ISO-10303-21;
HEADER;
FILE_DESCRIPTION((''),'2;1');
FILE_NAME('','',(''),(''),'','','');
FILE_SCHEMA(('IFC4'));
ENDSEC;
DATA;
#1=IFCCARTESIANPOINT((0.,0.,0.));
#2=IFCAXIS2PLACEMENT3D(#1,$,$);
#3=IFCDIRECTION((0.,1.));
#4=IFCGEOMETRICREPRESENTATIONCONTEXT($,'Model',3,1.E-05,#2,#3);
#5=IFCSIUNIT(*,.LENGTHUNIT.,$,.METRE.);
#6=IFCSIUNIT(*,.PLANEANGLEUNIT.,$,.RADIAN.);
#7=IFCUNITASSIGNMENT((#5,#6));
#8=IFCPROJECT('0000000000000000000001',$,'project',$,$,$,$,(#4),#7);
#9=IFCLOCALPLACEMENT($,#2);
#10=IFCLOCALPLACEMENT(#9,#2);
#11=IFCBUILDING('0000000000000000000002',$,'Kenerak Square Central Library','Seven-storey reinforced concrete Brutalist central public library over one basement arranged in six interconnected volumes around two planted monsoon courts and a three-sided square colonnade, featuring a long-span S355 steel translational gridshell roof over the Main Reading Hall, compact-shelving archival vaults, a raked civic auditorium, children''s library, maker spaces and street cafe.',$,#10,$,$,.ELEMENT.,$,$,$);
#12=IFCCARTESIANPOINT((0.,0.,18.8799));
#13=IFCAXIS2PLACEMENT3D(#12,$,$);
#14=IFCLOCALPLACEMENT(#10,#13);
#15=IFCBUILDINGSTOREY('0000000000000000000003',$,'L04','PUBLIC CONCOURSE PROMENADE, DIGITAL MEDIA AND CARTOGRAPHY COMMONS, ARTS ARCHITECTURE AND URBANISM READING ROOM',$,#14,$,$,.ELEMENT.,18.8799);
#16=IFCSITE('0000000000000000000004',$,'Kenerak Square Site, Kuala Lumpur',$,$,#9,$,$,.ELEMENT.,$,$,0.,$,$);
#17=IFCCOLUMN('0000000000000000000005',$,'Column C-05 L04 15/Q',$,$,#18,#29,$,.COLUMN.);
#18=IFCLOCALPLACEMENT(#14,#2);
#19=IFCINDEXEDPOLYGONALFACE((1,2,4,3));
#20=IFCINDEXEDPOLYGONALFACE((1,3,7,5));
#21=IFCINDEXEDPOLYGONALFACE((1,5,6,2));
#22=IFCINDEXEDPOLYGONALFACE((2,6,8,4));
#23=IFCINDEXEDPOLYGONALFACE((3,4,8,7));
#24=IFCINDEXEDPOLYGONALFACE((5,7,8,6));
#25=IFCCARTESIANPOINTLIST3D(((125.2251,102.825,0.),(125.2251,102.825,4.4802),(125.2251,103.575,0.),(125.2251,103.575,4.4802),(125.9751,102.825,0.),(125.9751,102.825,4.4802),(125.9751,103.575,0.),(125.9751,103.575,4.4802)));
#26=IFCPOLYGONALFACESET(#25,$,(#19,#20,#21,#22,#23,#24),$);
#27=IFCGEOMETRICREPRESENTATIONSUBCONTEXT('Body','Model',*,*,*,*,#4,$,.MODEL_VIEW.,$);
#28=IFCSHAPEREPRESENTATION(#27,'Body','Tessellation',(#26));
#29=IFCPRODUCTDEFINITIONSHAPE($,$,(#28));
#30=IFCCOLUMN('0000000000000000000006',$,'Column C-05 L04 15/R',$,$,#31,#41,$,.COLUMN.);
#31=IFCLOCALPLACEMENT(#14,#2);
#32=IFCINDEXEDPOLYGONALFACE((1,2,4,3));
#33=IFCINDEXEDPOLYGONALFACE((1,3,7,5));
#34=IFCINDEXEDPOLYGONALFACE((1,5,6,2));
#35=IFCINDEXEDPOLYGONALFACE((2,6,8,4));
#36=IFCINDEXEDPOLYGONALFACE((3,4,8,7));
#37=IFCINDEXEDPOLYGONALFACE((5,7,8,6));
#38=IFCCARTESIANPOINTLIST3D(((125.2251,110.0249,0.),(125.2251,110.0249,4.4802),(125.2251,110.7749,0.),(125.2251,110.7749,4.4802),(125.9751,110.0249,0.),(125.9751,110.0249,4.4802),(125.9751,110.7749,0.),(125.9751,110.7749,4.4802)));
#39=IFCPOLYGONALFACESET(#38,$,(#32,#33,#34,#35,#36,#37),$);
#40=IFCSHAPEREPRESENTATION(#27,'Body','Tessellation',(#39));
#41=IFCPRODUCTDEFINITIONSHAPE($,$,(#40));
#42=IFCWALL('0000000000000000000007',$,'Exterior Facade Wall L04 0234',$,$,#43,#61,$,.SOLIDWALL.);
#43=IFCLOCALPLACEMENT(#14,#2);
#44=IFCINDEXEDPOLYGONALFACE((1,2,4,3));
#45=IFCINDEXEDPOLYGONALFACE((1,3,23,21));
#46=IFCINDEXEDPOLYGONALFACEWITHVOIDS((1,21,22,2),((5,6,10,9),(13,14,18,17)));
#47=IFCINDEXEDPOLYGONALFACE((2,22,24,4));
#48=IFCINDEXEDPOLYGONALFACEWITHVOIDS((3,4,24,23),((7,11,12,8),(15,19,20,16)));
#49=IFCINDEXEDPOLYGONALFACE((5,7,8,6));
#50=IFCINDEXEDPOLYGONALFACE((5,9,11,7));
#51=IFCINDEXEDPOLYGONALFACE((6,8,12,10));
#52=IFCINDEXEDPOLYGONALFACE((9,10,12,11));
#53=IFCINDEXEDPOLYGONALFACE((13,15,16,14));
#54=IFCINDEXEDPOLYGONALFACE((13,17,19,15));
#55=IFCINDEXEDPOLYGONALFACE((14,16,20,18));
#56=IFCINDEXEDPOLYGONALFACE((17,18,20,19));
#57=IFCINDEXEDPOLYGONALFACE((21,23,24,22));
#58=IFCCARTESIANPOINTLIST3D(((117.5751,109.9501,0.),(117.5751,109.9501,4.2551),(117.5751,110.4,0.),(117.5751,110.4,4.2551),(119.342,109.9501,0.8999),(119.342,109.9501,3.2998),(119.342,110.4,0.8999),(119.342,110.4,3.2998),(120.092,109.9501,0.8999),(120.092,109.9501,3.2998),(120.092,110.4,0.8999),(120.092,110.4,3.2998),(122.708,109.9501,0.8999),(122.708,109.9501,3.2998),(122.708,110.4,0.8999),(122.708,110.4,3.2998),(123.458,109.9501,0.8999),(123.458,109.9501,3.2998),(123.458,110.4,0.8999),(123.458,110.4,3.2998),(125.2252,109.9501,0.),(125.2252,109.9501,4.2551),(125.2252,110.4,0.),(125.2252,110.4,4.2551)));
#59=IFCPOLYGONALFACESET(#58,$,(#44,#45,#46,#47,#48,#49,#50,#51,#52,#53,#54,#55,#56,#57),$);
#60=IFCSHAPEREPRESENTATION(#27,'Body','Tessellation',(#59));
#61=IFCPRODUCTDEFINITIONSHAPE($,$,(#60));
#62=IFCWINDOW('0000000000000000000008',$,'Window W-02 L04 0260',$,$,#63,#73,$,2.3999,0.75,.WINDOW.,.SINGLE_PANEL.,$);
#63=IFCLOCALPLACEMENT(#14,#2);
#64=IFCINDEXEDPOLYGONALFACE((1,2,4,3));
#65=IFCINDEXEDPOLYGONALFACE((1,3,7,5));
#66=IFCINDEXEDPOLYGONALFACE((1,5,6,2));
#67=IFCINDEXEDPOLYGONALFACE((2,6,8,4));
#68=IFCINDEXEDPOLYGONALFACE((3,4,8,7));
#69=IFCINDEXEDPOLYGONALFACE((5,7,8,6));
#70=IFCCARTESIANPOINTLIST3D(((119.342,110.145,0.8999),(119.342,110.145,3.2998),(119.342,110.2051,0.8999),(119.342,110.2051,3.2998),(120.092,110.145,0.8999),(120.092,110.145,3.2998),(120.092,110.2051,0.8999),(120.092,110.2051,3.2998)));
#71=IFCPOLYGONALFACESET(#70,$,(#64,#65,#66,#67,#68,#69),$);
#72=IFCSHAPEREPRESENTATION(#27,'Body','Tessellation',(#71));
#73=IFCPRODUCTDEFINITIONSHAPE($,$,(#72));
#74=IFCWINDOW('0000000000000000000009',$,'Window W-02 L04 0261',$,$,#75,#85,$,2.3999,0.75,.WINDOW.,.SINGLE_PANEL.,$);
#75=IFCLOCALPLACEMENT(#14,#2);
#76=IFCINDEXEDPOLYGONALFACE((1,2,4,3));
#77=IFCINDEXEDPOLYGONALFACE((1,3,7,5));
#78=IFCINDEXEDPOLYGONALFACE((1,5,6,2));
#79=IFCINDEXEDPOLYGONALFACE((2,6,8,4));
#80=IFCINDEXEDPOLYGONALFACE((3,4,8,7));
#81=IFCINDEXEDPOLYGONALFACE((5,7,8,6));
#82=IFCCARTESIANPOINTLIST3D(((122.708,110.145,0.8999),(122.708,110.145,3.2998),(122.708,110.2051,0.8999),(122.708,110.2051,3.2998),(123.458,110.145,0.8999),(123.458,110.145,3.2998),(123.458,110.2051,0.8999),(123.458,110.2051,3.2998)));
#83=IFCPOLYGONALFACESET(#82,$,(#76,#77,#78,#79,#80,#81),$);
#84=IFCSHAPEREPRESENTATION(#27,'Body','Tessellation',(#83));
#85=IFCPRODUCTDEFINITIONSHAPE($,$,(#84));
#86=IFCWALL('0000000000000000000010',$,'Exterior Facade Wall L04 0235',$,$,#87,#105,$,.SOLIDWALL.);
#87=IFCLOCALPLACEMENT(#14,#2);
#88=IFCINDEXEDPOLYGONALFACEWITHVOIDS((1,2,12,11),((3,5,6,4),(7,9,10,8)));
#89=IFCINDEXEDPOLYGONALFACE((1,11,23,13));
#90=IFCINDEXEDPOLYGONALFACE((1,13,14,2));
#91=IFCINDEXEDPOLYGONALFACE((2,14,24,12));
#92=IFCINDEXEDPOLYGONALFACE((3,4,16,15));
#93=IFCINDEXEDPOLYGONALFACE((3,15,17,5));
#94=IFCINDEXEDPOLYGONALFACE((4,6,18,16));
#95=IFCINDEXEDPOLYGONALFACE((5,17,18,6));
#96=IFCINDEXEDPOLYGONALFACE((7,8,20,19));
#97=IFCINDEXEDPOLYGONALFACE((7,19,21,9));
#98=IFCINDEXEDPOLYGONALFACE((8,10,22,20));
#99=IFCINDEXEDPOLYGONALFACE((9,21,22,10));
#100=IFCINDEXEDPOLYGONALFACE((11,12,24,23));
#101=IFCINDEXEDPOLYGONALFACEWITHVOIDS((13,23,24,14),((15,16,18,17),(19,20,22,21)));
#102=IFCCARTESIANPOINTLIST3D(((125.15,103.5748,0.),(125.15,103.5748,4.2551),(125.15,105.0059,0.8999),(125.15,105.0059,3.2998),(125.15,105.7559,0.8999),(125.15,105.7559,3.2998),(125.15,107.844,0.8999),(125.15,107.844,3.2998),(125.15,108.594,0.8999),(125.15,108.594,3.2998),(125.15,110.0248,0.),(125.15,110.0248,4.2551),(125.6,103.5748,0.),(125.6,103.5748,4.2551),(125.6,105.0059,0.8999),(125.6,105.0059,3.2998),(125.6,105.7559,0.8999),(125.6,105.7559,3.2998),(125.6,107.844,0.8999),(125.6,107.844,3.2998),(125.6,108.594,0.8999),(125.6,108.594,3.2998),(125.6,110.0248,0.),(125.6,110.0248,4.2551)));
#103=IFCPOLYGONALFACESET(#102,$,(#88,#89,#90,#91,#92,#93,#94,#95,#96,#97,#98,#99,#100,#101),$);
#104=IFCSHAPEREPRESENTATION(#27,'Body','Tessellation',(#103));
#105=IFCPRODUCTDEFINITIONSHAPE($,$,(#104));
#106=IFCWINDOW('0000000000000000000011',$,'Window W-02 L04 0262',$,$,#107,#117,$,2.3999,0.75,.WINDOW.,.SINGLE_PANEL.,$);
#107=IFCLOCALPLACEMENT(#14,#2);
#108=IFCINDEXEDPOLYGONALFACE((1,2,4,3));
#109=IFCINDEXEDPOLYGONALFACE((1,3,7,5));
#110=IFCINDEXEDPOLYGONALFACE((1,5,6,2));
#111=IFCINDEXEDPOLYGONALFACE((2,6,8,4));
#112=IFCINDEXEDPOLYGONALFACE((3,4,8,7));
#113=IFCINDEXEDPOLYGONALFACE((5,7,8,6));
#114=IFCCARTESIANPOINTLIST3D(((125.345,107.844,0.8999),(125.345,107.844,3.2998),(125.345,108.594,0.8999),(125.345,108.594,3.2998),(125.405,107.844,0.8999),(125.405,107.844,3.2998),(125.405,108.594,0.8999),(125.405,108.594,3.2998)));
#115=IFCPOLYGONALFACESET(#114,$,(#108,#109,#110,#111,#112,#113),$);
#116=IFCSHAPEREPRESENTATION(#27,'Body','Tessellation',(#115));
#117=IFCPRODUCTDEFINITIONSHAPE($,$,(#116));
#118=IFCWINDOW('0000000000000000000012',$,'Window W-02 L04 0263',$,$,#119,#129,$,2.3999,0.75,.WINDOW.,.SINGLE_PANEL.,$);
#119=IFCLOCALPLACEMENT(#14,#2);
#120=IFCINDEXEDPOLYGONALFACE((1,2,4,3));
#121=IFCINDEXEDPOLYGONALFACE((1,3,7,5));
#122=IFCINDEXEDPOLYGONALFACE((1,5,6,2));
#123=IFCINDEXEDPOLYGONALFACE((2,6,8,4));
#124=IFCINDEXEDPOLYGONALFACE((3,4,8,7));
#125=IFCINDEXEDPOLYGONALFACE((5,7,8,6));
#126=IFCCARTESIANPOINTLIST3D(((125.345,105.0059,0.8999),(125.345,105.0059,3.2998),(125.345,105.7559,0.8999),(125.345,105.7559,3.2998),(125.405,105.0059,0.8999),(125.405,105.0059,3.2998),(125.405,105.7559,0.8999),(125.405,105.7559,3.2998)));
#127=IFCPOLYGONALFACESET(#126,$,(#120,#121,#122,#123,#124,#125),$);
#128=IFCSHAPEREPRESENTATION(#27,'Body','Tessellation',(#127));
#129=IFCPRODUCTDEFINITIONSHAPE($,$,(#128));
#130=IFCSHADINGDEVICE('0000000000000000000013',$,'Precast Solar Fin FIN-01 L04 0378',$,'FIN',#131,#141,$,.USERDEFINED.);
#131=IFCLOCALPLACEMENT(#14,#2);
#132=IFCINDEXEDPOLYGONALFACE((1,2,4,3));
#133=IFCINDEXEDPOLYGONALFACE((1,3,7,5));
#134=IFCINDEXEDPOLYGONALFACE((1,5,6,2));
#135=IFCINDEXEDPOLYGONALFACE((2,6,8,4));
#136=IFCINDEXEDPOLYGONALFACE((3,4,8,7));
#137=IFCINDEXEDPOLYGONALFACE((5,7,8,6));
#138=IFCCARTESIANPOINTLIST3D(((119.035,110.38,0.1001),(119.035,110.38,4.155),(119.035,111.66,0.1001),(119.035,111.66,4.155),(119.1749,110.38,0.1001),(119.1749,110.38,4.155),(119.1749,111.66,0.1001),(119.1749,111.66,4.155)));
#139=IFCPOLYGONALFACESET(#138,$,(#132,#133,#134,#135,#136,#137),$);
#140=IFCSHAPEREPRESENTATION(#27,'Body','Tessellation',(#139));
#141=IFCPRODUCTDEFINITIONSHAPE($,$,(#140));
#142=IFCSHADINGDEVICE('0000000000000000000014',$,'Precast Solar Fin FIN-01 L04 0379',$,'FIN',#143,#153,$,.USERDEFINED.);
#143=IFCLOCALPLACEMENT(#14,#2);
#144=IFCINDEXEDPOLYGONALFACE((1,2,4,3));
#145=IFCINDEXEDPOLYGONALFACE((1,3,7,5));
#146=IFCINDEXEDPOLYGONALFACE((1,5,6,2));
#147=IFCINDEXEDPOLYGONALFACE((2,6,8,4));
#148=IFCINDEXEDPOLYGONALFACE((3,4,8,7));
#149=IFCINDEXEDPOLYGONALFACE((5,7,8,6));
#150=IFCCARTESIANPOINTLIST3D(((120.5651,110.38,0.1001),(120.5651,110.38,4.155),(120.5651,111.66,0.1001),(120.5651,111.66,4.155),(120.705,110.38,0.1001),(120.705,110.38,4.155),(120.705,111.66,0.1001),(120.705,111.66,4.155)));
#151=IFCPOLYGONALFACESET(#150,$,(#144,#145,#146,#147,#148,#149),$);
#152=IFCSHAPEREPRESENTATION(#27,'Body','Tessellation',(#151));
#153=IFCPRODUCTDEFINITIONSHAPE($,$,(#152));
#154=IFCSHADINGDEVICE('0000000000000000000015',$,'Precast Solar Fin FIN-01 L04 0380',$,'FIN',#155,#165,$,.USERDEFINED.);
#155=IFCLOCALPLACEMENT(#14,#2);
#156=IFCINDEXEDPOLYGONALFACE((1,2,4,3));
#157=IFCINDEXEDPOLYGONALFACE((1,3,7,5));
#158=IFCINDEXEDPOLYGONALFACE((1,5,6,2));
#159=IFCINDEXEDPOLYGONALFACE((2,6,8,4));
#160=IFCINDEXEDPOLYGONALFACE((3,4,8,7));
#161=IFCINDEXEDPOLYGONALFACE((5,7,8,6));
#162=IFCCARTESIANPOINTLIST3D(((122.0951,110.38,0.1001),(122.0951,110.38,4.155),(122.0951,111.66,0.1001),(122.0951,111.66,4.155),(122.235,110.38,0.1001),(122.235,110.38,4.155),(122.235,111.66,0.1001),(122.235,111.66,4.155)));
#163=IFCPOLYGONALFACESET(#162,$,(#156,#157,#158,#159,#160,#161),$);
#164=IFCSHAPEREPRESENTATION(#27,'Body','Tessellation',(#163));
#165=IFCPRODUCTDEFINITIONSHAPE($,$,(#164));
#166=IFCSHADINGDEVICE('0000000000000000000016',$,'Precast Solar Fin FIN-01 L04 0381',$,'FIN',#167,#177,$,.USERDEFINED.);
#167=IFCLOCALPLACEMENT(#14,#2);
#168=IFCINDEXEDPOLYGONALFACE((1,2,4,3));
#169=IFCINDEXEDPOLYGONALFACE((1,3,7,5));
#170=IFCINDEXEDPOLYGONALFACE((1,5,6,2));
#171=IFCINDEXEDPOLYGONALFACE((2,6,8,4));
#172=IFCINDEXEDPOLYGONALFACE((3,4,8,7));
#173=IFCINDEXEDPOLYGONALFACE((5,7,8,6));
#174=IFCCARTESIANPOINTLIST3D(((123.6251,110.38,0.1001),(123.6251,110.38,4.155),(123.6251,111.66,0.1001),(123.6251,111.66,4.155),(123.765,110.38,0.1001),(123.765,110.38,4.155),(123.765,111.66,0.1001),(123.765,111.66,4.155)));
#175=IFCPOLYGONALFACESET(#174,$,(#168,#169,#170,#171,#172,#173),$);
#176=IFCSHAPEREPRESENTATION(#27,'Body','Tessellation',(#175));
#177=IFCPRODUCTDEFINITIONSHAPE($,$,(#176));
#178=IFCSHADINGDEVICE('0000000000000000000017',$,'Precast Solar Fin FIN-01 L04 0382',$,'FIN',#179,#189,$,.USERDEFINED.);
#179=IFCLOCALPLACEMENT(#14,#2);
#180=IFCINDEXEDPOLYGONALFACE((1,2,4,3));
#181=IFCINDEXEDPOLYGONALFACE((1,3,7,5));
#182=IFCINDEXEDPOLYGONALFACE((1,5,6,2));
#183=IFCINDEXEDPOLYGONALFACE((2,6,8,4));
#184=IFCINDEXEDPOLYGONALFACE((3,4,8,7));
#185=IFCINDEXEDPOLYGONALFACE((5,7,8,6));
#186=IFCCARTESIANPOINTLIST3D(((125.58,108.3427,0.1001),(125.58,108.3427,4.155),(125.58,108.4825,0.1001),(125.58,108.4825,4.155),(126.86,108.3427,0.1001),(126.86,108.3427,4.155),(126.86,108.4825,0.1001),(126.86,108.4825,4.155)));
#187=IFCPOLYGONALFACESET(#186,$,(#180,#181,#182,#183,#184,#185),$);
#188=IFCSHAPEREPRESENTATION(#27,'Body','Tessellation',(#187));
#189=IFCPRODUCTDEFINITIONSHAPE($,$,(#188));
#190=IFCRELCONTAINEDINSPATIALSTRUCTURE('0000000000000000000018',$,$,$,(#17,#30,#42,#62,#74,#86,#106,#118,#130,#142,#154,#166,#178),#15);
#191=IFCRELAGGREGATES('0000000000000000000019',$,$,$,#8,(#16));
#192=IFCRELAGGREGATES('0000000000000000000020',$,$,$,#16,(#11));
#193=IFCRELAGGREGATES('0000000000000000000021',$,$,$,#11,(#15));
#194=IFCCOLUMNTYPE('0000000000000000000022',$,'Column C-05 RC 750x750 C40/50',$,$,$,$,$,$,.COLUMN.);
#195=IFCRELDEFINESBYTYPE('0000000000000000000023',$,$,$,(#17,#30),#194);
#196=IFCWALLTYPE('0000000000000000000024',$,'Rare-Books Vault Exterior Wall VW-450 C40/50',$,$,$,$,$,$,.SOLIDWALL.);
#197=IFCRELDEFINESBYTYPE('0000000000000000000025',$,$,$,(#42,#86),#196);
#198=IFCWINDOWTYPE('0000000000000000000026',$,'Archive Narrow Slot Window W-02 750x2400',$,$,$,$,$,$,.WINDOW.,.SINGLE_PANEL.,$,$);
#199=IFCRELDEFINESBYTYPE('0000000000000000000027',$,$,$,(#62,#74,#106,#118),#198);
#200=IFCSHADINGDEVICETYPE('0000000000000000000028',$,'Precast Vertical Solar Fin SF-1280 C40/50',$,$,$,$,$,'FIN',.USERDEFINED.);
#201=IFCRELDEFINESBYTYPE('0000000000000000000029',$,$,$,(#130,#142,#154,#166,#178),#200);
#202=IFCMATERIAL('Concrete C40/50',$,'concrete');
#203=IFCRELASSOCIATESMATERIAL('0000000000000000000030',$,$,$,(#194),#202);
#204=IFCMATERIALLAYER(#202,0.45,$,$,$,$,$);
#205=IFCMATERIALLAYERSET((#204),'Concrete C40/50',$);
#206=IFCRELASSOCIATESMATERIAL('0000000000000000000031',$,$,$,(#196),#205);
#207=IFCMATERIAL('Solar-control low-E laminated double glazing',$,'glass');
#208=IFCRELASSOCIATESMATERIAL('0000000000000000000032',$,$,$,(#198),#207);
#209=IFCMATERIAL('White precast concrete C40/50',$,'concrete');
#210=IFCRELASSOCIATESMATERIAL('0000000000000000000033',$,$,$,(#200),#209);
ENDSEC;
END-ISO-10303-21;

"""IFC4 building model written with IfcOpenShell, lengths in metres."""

from ifc_helpers import new_model, si_unit, direction, frame, frame_2d, origin, origin_2d, place, context, subcontext, project, spatial, rectangle, extrude, material, layer, layer_set, material_profile, profile_set, type_object, element, fill, save


model = new_model("IFC4")

# Units and contexts
model_context = context("Model", 3, precision=1e-05, world=origin(), true_north=direction((0.0, 1.0)))
body_context = subcontext(model_context, "Body", "Model", "MODEL_VIEW")
ifc_project = project(units=[si_unit("LENGTHUNIT", "METRE"), si_unit("PLANEANGLEUNIT", "RADIAN")], contexts=[model_context])

# Site, building, storey
site_placement = place(None, origin())
site = spatial("IfcSite", under=ifc_project, at=site_placement, Name="Kenerak Square Site, Kuala Lumpur", CompositionType="ELEMENT", RefElevation=0.0)
building_placement = place(site_placement, origin())
building = spatial("IfcBuilding", under=site, at=building_placement, Name="Kenerak Square Central Library", Description="Seven-storey reinforced concrete Brutalist central public library over one basement arranged in six interconnected volumes around two planted monsoon courts and a three-sided square colonnade, featuring a long-span S355 steel translational gridshell roof over the Main Reading Hall, compact-shelving archival vaults, a raked civic auditorium, children's library, maker spaces and street cafe.", CompositionType="ELEMENT")
storey_placement = place(building_placement, frame((0.0, 0.0, 18.8799)))
storey = spatial("IfcBuildingStorey", under=building, at=storey_placement, Name="L04", Description="PUBLIC CONCOURSE PROMENADE, DIGITAL MEDIA AND CARTOGRAPHY COMMONS, ARTS ARCHITECTURE AND URBANISM READING ROOM", CompositionType="ELEMENT", Elevation=18.8799)

# Columns
ifc_material_1 = material(Name="Concrete C40/50", Category="concrete")
ifc_material_profile = material_profile(ifc_material_1, rectangle(XDim=0.75, YDim=0.75, at=origin_2d()), Name="RC 750x750")
ifc_profile_set = profile_set([ifc_material_profile], Name="Concrete C40/50")
column_type = type_object("IfcColumnType", Name="Column C-05 RC 750x750 C40/50", PredefinedType="COLUMN", material=ifc_profile_set)
for number, where, z_axis, x_axis, name in (
    (1, (125.6001, 103.2, 0.0), (0.0, 0.0, 1.0), (1.0, 0.0, 0.0), "Column C-05 L04 15/Q"),
    (2, (125.6001, 110.3999, 0.0), (0.0, 0.0, 1.0), (1.0, 0.0, 0.0), "Column C-05 L04 15/R"),
):
    element("IfcColumn", number, at=place(storey_placement, frame(where, z_axis=z_axis, x_axis=x_axis)), inside=storey, type_object=column_type, Name=name, PredefinedType="COLUMN", context=body_context, shape_type="SweptSolid", body=[
        extrude(rectangle(XDim=0.75, YDim=0.75, at=origin_2d()), origin(), (0.0, 0.0, 1.0), 4.4802),
    ])

# Walls, openings, windows
ifc_layer = layer(ifc_material_1, 0.45)
ifc_layer_set = layer_set([ifc_layer], Name="Concrete C40/50")
wall_type = type_object("IfcWallType", Name="Rare-Books Vault Exterior Wall VW-450 C40/50", PredefinedType="SOLIDWALL", material=ifc_layer_set)
wall_1_placement = place(storey_placement, frame((117.575, 110.175, 0.0), z_axis=(0.0, 0.0, 1.0), x_axis=(1.0, 0.0, 0.0)))
wall_1 = element("IfcWall", 3, at=wall_1_placement, inside=storey, type_object=wall_type, Name="Exterior Facade Wall L04 0234", PredefinedType="SOLIDWALL", context=body_context, shape_type="SweptSolid", body=[
    extrude(rectangle(XDim=7.6501, YDim=0.45, at=frame_2d((3.8252, 0.0))), origin(), (0.0, 0.0, 1.0), 4.2551),
])
opening_1_placement = place(wall_1_placement, frame((1.7671, 0.0, 0.8999)))
opening_1 = element("IfcOpeningElement", 4, at=opening_1_placement, cuts=wall_1, PredefinedType="OPENING", context=body_context, shape_type="SweptSolid", body=[
    extrude(rectangle(XDim=0.75, YDim=2.3999, at=frame_2d((0.375, 1.2))), frame((0.0, 0.2349, 0.0), z_axis=(0.0, -1.0, 0.0), x_axis=(1.0, 0.0, 0.0)), (0.0, 0.0, 1.0), 0.47),
])
opening_2_placement = place(wall_1_placement, frame((5.1331, 0.0, 0.8999)))
opening_2 = element("IfcOpeningElement", 5, at=opening_2_placement, cuts=wall_1, PredefinedType="OPENING", context=body_context, shape_type="SweptSolid", body=[
    extrude(rectangle(XDim=0.75, YDim=2.3999, at=frame_2d((0.375, 1.2))), frame((0.0, 0.2349, 0.0), z_axis=(0.0, -1.0, 0.0), x_axis=(1.0, 0.0, 0.0)), (0.0, 0.0, 1.0), 0.47),
])
ifc_material_2 = material(Name="Solar-control low-E laminated double glazing", Category="glass")
window_type = type_object("IfcWindowType", Name="Archive Narrow Slot Window W-02 750x2400", PartitioningType="SINGLE_PANEL", PredefinedType="WINDOW", material=ifc_material_2)
window_1_placement = place(opening_1_placement, origin())
window_1 = element("IfcWindow", 6, at=window_1_placement, inside=storey, type_object=window_type, Name="Window W-02 L04 0260", OverallHeight=2.3999, OverallWidth=0.75, PartitioningType="SINGLE_PANEL", PredefinedType="WINDOW", context=body_context, shape_type="SweptSolid", body=[
    extrude(rectangle(XDim=0.75, YDim=2.3999, at=frame_2d((0.375, 1.2))), frame((0.0, 0.03, 0.0), z_axis=(0.0, -1.0, 0.0), x_axis=(1.0, 0.0, 0.0)), (0.0, 0.0, 1.0), 0.0601),
])
fill(opening_1, window_1)
window_2_placement = place(opening_2_placement, origin())
window_2 = element("IfcWindow", 7, at=window_2_placement, inside=storey, type_object=window_type, Name="Window W-02 L04 0261", OverallHeight=2.3999, OverallWidth=0.75, PartitioningType="SINGLE_PANEL", PredefinedType="WINDOW", context=body_context, shape_type="SweptSolid", body=[
    extrude(rectangle(XDim=0.75, YDim=2.3999, at=frame_2d((0.375, 1.2))), frame((0.0, 0.03, 0.0), z_axis=(0.0, -1.0, 0.0), x_axis=(1.0, 0.0, 0.0)), (0.0, 0.0, 1.0), 0.0601),
])
fill(opening_2, window_2)
wall_2_placement = place(storey_placement, frame((125.375, 110.0249, 0.0), z_axis=(0.0, 0.0, 1.0), x_axis=(0.0, -1.0, 0.0)))
wall_2 = element("IfcWall", 8, at=wall_2_placement, inside=storey, type_object=wall_type, Name="Exterior Facade Wall L04 0235", PredefinedType="SOLIDWALL", context=body_context, shape_type="SweptSolid", body=[
    extrude(rectangle(XDim=6.45, YDim=0.45, at=frame_2d((3.2251, 0.0))), origin(), (0.0, 0.0, 1.0), 4.2551),
])
opening_3_placement = place(wall_2_placement, frame((1.4309, 0.0, 0.8999)))
opening_3 = element("IfcOpeningElement", 9, at=opening_3_placement, cuts=wall_2, PredefinedType="OPENING", context=body_context, shape_type="SweptSolid", body=[
    extrude(rectangle(XDim=0.75, YDim=2.3999, at=frame_2d((0.375, 1.2))), frame((0.0, 0.2349, 0.0), z_axis=(0.0, -1.0, 0.0), x_axis=(1.0, 0.0, 0.0)), (0.0, 0.0, 1.0), 0.47),
])
opening_4_placement = place(wall_2_placement, frame((4.269, 0.0, 0.8999)))
opening_4 = element("IfcOpeningElement", 10, at=opening_4_placement, cuts=wall_2, PredefinedType="OPENING", context=body_context, shape_type="SweptSolid", body=[
    extrude(rectangle(XDim=0.75, YDim=2.3999, at=frame_2d((0.375, 1.2))), frame((0.0, 0.2349, 0.0), z_axis=(0.0, -1.0, 0.0), x_axis=(1.0, 0.0, 0.0)), (0.0, 0.0, 1.0), 0.47),
])
window_3_placement = place(opening_3_placement, origin())
window_3 = element("IfcWindow", 11, at=window_3_placement, inside=storey, type_object=window_type, Name="Window W-02 L04 0262", OverallHeight=2.3999, OverallWidth=0.75, PartitioningType="SINGLE_PANEL", PredefinedType="WINDOW", context=body_context, shape_type="SweptSolid", body=[
    extrude(rectangle(XDim=0.75, YDim=2.3999, at=frame_2d((0.375, 1.2))), frame((0.0, 0.03, 0.0), z_axis=(0.0, -1.0, 0.0), x_axis=(1.0, 0.0, 0.0)), (0.0, 0.0, 1.0), 0.0601),
])
fill(opening_3, window_3)
window_4_placement = place(opening_4_placement, origin())
window_4 = element("IfcWindow", 12, at=window_4_placement, inside=storey, type_object=window_type, Name="Window W-02 L04 0263", OverallHeight=2.3999, OverallWidth=0.75, PartitioningType="SINGLE_PANEL", PredefinedType="WINDOW", context=body_context, shape_type="SweptSolid", body=[
    extrude(rectangle(XDim=0.75, YDim=2.3999, at=frame_2d((0.375, 1.2))), frame((0.0, 0.03, 0.0), z_axis=(0.0, -1.0, 0.0), x_axis=(1.0, 0.0, 0.0)), (0.0, 0.0, 1.0), 0.0601),
])
fill(opening_4, window_4)

# Shading devices
ifc_material_3 = material(Name="White precast concrete C40/50", Category="concrete")
shading_device_type = type_object("IfcShadingDeviceType", Name="Precast Vertical Solar Fin SF-1280 C40/50", ElementType="FIN", PredefinedType="USERDEFINED", material=ifc_material_3)
for number, where, z_axis, x_axis, name in (
    (13, (119.105, 111.02, 0.1001), (0.0, 0.0, 1.0), (1.0, 0.0, 0.0), "Precast Solar Fin FIN-01 L04 0378"),
    (14, (120.635, 111.02, 0.1001), (0.0, 0.0, 1.0), (1.0, 0.0, 0.0), "Precast Solar Fin FIN-01 L04 0379"),
    (15, (122.165, 111.02, 0.1001), (0.0, 0.0, 1.0), (1.0, 0.0, 0.0), "Precast Solar Fin FIN-01 L04 0380"),
    (16, (123.6951, 111.02, 0.1001), (0.0, 0.0, 1.0), (1.0, 0.0, 0.0), "Precast Solar Fin FIN-01 L04 0381"),
    (17, (126.22, 108.4126, 0.1001), (0.0, 0.0, 1.0), (0.0, -1.0, 0.0), "Precast Solar Fin FIN-01 L04 0382"),
):
    element("IfcShadingDevice", number, at=place(storey_placement, frame(where, z_axis=z_axis, x_axis=x_axis)), inside=storey, type_object=shading_device_type, Name=name, ObjectType="FIN", PredefinedType="USERDEFINED", context=body_context, shape_type="SweptSolid", body=[
        extrude(rectangle(XDim=0.1399, YDim=1.28, at=origin_2d()), origin(), (0.0, 0.0, 1.0), 4.0549),
    ])

save(model, "model.ifc")
